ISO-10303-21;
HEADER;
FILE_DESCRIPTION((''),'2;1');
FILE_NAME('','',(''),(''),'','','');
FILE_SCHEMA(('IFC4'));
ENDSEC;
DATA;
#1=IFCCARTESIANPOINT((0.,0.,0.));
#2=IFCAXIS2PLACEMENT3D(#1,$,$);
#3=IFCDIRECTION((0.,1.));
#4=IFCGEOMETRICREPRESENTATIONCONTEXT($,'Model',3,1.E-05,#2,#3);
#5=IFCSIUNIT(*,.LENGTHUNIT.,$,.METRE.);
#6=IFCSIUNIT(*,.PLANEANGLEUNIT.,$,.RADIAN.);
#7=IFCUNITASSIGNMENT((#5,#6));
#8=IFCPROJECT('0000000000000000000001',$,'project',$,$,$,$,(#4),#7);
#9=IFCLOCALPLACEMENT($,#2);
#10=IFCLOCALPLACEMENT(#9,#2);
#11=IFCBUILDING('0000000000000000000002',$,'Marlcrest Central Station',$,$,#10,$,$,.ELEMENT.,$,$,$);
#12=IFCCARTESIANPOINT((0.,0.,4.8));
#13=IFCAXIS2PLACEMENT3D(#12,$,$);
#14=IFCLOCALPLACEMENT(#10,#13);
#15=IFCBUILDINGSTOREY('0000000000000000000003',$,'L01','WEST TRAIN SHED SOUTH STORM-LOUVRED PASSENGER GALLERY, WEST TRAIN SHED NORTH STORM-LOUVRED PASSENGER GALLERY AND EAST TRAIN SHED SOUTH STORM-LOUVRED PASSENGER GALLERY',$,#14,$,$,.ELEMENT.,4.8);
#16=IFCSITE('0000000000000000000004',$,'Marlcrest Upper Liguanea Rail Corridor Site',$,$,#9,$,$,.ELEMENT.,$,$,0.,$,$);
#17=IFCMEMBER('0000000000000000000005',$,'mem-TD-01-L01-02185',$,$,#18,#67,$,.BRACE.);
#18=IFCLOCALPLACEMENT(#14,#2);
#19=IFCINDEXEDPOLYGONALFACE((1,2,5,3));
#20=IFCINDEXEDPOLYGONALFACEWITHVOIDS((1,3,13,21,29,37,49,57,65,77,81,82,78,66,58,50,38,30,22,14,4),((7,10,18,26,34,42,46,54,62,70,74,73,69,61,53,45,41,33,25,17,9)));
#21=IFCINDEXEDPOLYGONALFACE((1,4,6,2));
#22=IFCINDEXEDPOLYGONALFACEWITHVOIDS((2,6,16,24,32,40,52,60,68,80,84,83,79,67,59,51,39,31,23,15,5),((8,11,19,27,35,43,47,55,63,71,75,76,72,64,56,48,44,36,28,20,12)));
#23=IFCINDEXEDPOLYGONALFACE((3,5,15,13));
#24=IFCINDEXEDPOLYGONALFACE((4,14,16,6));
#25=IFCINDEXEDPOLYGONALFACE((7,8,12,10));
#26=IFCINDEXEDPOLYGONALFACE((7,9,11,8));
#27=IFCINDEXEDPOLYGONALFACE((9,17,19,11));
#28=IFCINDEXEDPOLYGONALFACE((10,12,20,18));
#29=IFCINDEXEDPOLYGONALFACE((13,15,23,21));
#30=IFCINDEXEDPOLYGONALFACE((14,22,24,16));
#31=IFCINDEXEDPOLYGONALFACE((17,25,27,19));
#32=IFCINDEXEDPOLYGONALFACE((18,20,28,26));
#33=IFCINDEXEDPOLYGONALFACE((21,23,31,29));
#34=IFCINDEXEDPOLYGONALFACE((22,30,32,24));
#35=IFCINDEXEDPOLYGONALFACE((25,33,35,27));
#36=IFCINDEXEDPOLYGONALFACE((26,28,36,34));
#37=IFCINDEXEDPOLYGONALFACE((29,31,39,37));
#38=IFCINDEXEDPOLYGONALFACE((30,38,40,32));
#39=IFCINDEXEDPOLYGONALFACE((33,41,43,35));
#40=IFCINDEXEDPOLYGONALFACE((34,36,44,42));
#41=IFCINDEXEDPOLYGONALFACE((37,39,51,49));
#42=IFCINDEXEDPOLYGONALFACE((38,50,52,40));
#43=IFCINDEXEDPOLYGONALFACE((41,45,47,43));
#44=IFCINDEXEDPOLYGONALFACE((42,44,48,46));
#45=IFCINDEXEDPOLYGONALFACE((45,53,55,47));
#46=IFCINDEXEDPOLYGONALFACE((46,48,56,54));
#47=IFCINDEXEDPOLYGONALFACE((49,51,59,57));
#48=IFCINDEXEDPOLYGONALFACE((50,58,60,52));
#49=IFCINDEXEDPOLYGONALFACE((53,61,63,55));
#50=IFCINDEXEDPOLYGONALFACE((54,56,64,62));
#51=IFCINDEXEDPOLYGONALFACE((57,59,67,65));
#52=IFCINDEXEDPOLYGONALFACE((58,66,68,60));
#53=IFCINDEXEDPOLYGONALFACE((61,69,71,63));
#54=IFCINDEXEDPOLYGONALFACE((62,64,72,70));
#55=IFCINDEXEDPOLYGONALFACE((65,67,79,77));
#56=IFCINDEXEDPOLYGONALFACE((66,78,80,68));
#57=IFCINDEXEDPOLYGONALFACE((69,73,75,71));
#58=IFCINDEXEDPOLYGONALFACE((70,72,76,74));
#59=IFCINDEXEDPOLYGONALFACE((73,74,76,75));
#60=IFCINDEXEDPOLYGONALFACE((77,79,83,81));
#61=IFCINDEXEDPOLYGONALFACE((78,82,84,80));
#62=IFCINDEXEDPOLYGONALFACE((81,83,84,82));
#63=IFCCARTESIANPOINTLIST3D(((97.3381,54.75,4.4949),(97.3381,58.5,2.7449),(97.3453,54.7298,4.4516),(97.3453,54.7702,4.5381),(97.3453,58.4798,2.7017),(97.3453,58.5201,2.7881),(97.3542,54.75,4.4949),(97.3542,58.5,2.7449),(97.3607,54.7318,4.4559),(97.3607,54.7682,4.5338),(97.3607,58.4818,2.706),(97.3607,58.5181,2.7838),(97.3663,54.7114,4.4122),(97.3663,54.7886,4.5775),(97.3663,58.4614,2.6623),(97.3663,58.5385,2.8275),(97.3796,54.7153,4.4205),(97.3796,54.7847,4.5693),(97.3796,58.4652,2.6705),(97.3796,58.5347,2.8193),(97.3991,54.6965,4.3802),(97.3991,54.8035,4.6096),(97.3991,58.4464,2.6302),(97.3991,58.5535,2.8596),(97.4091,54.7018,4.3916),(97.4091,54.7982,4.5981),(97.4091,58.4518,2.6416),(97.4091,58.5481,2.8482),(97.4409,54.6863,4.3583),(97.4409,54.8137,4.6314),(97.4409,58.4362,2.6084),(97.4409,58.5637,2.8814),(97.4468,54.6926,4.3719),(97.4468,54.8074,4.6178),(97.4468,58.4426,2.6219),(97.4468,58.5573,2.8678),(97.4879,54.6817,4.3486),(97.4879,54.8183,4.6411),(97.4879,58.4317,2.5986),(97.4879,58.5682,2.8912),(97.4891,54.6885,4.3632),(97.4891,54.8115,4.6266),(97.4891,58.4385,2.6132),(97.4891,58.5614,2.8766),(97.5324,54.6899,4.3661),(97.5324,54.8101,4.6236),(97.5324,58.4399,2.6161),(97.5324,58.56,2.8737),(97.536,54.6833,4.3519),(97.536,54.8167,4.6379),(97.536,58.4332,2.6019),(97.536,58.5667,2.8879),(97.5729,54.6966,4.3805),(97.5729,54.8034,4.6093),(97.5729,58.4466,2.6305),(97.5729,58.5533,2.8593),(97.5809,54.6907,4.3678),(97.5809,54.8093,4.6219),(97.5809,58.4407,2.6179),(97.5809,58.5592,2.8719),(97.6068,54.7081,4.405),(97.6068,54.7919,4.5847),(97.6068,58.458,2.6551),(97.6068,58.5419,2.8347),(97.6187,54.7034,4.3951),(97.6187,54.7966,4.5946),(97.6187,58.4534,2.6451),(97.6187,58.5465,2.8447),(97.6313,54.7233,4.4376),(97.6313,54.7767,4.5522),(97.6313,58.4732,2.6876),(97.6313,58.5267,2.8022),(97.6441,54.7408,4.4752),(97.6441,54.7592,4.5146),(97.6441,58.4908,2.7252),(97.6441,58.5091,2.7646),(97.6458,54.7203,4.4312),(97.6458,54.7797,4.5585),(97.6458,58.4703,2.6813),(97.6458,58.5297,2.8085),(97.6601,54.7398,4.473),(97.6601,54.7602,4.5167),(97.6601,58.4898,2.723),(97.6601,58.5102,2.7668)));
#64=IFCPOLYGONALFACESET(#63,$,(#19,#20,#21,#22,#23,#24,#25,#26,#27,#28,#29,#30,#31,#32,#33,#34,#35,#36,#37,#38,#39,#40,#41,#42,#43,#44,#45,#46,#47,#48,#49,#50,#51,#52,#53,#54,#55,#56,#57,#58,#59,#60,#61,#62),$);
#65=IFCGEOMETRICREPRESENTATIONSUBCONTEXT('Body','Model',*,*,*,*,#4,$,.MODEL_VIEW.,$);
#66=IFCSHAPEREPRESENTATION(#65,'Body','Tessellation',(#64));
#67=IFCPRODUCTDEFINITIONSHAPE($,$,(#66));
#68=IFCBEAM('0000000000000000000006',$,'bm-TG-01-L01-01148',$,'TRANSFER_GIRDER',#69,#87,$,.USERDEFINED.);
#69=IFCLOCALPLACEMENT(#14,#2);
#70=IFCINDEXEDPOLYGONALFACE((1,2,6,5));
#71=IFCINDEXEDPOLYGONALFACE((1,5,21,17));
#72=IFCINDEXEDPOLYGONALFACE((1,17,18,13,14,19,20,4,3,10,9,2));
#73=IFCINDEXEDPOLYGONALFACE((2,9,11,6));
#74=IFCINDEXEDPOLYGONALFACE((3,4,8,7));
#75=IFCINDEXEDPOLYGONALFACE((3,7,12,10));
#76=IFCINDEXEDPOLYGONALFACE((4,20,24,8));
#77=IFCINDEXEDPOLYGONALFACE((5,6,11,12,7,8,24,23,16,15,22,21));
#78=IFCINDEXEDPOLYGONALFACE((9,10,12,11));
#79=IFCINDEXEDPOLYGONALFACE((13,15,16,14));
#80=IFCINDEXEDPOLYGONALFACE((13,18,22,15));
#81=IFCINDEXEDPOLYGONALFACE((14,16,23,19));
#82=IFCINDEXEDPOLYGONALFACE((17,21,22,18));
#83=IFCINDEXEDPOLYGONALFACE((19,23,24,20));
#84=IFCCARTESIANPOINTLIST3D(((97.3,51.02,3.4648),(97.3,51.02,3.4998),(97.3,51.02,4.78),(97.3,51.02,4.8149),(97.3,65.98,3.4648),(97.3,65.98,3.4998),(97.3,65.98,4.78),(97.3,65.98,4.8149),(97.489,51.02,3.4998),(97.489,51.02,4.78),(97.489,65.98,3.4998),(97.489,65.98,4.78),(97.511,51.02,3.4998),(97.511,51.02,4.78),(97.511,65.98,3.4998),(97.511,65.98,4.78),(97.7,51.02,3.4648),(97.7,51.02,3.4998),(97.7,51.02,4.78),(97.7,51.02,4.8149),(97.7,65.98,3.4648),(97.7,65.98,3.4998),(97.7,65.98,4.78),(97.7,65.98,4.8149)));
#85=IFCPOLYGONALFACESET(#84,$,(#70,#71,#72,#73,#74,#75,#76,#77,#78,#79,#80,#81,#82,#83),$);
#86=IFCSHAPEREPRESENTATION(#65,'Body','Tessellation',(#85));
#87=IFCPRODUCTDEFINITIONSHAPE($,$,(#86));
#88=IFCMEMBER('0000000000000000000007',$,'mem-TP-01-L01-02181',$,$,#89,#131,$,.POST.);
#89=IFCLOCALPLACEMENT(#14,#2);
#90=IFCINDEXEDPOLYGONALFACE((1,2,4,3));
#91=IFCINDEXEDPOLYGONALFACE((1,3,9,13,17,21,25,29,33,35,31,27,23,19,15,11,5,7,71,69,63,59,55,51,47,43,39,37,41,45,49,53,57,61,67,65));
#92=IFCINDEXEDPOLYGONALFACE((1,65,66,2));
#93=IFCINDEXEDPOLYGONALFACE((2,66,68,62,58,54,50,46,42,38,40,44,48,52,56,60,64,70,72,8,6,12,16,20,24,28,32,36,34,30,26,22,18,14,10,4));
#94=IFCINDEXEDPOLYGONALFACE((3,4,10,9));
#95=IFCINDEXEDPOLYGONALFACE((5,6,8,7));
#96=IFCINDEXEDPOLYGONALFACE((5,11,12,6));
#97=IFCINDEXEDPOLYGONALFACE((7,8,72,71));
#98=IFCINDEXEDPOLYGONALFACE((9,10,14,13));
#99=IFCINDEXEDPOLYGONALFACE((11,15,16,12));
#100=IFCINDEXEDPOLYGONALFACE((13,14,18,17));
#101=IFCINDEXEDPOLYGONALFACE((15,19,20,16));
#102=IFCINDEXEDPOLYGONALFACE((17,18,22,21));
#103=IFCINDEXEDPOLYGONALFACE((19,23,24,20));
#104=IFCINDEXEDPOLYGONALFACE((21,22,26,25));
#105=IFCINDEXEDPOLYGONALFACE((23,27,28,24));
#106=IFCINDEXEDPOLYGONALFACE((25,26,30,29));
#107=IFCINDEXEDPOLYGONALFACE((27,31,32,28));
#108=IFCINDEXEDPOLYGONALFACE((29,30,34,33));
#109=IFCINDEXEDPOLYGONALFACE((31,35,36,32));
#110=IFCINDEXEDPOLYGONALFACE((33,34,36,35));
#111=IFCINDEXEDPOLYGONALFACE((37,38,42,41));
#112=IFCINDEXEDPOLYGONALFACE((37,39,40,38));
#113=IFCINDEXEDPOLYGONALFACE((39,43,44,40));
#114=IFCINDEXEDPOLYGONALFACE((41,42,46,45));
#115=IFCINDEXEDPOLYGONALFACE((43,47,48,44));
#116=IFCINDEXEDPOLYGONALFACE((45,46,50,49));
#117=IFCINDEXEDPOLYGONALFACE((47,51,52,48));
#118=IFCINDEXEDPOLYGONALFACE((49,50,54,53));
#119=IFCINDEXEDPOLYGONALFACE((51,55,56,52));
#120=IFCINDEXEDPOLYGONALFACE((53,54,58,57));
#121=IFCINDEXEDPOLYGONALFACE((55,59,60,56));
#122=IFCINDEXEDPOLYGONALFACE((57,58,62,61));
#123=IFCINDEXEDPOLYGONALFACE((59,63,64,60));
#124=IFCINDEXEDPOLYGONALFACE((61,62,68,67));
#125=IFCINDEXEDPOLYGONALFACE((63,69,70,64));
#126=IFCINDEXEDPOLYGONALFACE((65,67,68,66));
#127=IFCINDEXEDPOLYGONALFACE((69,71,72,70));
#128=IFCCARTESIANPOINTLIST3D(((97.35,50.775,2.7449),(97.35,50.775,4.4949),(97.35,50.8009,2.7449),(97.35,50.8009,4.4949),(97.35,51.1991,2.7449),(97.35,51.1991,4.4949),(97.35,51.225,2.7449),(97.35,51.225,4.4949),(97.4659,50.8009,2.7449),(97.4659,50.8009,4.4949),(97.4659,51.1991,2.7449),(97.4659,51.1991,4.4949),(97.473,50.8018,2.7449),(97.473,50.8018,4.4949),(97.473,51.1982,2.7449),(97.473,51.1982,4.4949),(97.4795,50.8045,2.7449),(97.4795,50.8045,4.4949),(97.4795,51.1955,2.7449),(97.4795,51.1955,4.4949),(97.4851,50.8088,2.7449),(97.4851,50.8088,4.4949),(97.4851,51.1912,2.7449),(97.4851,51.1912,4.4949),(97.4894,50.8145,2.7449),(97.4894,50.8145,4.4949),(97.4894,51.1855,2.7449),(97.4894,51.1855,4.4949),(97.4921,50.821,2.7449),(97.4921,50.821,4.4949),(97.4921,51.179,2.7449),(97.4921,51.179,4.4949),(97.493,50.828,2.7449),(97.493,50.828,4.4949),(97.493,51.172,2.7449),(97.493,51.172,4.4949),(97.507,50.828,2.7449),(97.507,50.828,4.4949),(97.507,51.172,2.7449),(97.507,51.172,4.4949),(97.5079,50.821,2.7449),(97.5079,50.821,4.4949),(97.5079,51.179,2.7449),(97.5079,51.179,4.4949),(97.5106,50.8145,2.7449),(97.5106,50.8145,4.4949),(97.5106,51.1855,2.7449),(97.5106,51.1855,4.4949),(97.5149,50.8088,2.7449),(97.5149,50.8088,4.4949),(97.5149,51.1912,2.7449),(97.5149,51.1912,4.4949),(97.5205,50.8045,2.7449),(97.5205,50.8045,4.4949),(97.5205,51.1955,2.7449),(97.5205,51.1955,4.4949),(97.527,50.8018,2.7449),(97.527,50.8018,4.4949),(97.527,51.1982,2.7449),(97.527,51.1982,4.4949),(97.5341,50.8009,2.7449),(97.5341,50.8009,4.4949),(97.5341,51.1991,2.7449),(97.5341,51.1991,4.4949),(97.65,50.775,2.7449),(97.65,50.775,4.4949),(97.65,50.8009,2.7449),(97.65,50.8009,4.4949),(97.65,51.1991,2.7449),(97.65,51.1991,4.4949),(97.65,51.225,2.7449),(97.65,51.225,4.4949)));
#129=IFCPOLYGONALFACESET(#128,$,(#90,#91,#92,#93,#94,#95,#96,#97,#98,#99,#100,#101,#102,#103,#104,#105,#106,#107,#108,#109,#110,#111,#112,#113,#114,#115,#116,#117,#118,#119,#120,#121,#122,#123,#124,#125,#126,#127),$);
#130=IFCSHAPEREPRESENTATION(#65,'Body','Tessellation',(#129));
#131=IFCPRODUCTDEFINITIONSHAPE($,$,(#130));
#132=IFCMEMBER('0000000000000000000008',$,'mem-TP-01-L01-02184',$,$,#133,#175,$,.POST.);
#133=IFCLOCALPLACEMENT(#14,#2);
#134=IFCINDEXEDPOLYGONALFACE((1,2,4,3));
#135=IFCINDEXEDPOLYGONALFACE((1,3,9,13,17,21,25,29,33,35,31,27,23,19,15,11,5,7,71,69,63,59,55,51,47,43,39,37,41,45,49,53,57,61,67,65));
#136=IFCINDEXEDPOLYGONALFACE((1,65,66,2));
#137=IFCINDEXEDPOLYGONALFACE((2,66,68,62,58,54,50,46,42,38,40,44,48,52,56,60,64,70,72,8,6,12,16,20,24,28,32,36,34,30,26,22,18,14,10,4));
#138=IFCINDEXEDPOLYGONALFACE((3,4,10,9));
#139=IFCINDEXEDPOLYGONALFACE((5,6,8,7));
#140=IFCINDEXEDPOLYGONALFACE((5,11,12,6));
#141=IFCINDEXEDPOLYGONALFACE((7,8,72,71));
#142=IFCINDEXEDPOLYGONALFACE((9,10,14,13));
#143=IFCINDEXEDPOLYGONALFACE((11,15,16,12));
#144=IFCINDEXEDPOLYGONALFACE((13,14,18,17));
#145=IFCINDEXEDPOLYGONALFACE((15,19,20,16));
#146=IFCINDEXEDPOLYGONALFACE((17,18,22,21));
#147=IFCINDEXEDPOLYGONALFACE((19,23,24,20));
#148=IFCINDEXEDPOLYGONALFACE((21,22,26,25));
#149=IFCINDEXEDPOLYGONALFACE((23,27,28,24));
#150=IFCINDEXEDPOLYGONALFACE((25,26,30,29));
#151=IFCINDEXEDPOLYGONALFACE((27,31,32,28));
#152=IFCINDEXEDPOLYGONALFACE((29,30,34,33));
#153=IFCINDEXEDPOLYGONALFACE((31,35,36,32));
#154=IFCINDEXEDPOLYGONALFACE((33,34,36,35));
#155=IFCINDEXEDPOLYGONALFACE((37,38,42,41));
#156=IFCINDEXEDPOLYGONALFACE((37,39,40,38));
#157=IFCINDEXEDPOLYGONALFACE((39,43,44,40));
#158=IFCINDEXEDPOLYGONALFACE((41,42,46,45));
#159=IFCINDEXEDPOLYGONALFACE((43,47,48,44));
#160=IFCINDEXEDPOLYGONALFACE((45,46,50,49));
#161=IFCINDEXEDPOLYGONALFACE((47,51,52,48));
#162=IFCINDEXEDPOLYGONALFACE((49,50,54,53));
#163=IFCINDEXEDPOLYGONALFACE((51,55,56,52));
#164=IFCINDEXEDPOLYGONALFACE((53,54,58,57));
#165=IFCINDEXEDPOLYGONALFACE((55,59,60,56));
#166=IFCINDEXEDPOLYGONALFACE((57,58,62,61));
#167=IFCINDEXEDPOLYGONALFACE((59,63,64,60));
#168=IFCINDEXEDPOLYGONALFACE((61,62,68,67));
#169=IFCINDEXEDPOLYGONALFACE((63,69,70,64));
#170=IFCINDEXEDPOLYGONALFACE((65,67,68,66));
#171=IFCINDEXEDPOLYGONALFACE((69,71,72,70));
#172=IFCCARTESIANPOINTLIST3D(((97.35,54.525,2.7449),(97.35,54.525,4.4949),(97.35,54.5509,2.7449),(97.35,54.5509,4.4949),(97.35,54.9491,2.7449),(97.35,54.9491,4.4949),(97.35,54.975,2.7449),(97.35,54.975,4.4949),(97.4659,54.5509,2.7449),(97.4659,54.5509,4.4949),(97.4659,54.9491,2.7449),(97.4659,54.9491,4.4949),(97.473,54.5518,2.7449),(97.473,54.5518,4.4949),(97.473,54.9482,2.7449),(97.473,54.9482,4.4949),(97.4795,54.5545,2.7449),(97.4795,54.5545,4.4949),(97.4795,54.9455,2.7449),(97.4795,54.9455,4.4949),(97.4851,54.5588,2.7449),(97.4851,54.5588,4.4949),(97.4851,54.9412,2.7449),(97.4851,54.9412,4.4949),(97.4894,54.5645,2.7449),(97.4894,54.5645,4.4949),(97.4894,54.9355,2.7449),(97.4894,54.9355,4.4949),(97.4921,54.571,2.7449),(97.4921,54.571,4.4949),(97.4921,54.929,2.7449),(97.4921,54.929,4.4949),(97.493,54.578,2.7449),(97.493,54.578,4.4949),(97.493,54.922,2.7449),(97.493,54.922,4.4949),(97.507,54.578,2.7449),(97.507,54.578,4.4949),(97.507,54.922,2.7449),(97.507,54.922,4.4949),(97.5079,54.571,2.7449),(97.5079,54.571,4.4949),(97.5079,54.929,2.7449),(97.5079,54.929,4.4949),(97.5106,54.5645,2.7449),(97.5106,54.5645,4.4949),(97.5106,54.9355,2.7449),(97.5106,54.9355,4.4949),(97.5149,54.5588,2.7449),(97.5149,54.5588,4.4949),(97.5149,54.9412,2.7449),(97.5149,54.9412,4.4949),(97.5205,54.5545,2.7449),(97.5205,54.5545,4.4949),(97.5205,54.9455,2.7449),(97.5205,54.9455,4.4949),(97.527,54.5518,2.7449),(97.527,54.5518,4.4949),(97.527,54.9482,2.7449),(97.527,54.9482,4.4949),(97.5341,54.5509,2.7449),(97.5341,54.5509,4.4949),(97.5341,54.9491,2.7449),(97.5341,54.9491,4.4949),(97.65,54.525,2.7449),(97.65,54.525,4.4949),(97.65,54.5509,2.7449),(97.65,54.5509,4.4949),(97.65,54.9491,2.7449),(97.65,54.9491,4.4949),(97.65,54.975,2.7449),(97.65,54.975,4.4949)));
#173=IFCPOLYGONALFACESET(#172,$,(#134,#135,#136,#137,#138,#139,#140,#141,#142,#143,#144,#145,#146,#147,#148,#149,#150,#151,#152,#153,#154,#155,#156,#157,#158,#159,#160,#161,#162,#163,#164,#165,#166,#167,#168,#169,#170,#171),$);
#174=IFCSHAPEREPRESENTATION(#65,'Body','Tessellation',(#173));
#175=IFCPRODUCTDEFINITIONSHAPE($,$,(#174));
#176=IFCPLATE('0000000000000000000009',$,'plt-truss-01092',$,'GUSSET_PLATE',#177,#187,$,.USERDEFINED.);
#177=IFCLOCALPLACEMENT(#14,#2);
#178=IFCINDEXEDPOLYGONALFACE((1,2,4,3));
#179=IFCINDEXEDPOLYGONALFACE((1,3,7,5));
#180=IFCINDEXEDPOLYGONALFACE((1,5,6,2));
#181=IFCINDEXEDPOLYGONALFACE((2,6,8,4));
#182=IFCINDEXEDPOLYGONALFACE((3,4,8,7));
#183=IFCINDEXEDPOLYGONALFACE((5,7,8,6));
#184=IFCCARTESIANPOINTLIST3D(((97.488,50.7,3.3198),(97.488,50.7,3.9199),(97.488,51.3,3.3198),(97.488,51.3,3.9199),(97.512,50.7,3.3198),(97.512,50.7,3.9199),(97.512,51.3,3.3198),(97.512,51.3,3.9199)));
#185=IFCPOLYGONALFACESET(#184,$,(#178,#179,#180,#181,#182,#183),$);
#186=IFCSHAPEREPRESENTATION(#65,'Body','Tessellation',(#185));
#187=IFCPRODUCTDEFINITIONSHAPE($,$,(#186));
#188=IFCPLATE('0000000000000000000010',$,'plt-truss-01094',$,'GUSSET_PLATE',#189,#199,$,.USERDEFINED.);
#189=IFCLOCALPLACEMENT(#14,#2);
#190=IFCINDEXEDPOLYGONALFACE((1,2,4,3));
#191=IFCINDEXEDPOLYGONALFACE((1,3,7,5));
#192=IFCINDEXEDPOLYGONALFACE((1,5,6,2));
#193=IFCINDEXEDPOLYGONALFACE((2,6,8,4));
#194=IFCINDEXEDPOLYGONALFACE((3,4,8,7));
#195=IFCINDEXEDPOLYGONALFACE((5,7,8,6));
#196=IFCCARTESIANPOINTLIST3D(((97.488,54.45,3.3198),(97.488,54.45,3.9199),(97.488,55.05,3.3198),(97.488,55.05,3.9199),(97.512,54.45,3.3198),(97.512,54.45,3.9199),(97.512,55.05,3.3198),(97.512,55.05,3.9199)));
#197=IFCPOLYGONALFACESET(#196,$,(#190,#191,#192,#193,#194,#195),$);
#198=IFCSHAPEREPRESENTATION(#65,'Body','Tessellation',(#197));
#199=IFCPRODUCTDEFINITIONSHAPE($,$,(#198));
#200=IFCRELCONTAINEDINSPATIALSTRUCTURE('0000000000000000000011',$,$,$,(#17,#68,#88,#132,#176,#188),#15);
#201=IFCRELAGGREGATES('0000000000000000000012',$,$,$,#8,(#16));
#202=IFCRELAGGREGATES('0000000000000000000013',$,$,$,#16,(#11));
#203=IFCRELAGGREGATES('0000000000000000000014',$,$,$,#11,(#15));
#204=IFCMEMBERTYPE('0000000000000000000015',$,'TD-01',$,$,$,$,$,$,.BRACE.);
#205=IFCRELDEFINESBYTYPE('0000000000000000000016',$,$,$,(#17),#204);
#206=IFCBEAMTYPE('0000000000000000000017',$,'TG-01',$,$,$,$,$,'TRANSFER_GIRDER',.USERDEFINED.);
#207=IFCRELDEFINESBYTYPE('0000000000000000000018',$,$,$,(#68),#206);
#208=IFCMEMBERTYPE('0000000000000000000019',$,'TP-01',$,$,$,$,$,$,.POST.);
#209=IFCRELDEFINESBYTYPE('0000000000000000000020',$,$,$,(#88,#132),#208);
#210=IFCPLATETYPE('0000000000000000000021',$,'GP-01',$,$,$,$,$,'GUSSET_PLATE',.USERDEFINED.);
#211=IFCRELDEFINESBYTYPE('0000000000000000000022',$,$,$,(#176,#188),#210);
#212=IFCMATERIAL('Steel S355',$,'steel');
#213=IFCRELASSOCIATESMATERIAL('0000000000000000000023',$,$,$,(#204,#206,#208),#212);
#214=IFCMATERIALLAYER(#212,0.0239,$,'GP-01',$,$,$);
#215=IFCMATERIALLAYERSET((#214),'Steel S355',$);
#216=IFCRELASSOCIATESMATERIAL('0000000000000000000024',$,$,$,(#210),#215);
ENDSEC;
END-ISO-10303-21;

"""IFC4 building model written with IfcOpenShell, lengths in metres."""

from ifc_helpers import new_model, si_unit, direction, frame, origin, origin_2d, place, context, subcontext, project, spatial, rectangle, hollow_circle, i_section, extrude, material, layer, layer_set, material_profile, profile_set, type_object, element, save


model = new_model("IFC4")

# Units and contexts
model_context = context("Model", 3, precision=1e-05, world=origin(), true_north=direction((0.0, 1.0)))
body_context = subcontext(model_context, "Body", "Model", "MODEL_VIEW")
ifc_project = project(units=[si_unit("LENGTHUNIT", "METRE"), si_unit("PLANEANGLEUNIT", "RADIAN")], contexts=[model_context])

# Site, building, storey
site_placement = place(None, origin())
site = spatial("IfcSite", under=ifc_project, at=site_placement, Name="Marlcrest Upper Liguanea Rail Corridor Site", CompositionType="ELEMENT", RefElevation=0.0)
building_placement = place(site_placement, origin())
building = spatial("IfcBuilding", under=site, at=building_placement, Name="Marlcrest Central Station", CompositionType="ELEMENT")
storey_placement = place(building_placement, frame((0.0, 0.0, 4.8)))
storey = spatial("IfcBuildingStorey", under=building, at=storey_placement, Name="L01", Description="WEST TRAIN SHED SOUTH STORM-LOUVRED PASSENGER GALLERY, WEST TRAIN SHED NORTH STORM-LOUVRED PASSENGER GALLERY AND EAST TRAIN SHED SOUTH STORM-LOUVRED PASSENGER GALLERY", CompositionType="ELEMENT", Elevation=4.8)

# Shared definitions
ifc_material_1 = material(Name="Steel S355", Category="steel")

# Member
ifc_material_profile_1 = material_profile(ifc_material_1, hollow_circle(Radius=0.1619, WallThickness=0.0161, at=origin_2d()), Name="CHS 323.9x16")
ifc_profile_set_1 = profile_set([ifc_material_profile_1], Name="Steel S355")
member_type_1 = type_object("IfcMemberType", Name="TD-01", PredefinedType="BRACE", material=ifc_profile_set_1)
for number, where, z_axis, x_axis, name in (
    (1, (97.5, 54.75, 4.4949), (0.0, 0.906183, -0.422885), (-1.0, 0.0, 0.0), "mem-TD-01-L01-02185"),
):
    element("IfcMember", number, at=place(storey_placement, frame(where, z_axis=z_axis, x_axis=x_axis)), inside=storey, type_object=member_type_1, Name=name, PredefinedType="BRACE", context=body_context, shape_type="SweptSolid", body=[
        extrude(hollow_circle(Radius=0.1619, WallThickness=0.0161, at=origin_2d()), origin(), (0.0, 0.0, 1.0), 4.1382),
    ])

# Beam
ifc_material_profile_2 = material_profile(ifc_material_1, i_section(OverallWidth=0.3999, OverallDepth=1.3501, WebThickness=0.022, FlangeThickness=0.0349, at=origin_2d()), Name="PG 1350x400")
ifc_profile_set_2 = profile_set([ifc_material_profile_2], Name="Steel S355")
beam_type_1 = type_object("IfcBeamType", Name="TG-01", ElementType="TRANSFER_GIRDER", PredefinedType="USERDEFINED", material=ifc_profile_set_2)
beam_1_placement = place(storey_placement, frame((97.5, 51.02, 4.1399), z_axis=(0.0, 1.0, 0.0), x_axis=(-1.0, 0.0, 0.0)))
element("IfcBeam", 2, at=beam_1_placement, inside=storey, type_object=beam_type_1, Name="bm-TG-01-L01-01148", ObjectType="TRANSFER_GIRDER", PredefinedType="USERDEFINED", context=body_context, shape_type="SweptSolid", body=[
    extrude(i_section(OverallWidth=0.3999, OverallDepth=1.3501, WebThickness=0.022, FlangeThickness=0.0349, at=origin_2d()), origin(), (0.0, 0.0, 1.0), 14.96),
])

# Members
ifc_material_profile_3 = material_profile(ifc_material_1, i_section(OverallWidth=0.3, OverallDepth=0.45, WebThickness=0.0139, FlangeThickness=0.0259, FilletRadius=0.0271, at=origin_2d()), Name="HEB 450")
ifc_profile_set_3 = profile_set([ifc_material_profile_3], Name="Steel S355")
member_type_2 = type_object("IfcMemberType", Name="TP-01", PredefinedType="POST", material=ifc_profile_set_3)
for number, where, z_axis, x_axis, name in (
    (3, (97.5, 51.0, 2.7449), (0.0, 0.0, 1.0), (1.0, 0.0, 0.0), "mem-TP-01-L01-02181"),
    (4, (97.5, 54.75, 2.7449), (0.0, 0.0, 1.0), (1.0, 0.0, 0.0), "mem-TP-01-L01-02184"),
):
    element("IfcMember", number, at=place(storey_placement, frame(where, z_axis=z_axis, x_axis=x_axis)), inside=storey, type_object=member_type_2, Name=name, PredefinedType="POST", context=body_context, shape_type="SweptSolid", body=[
        extrude(i_section(OverallWidth=0.3, OverallDepth=0.45, WebThickness=0.0139, FlangeThickness=0.0259, FilletRadius=0.0271, at=origin_2d()), origin(), (0.0, 0.0, 1.0), 1.75),
    ])

# Plates
ifc_layer_1 = layer(ifc_material_1, 0.0239, Name="GP-01")
ifc_layer_set_1 = layer_set([ifc_layer_1], Name="Steel S355")
plate_type_1 = type_object("IfcPlateType", Name="GP-01", ElementType="GUSSET_PLATE", PredefinedType="USERDEFINED", material=ifc_layer_set_1)
for number, where, z_axis, x_axis, name in (
    (5, (97.5, 51.0, 3.3198), (0.0, 0.0, 1.0), (1.0, 0.0, 0.0), "plt-truss-01092"),
    (6, (97.5, 54.75, 3.3198), (0.0, 0.0, 1.0), (1.0, 0.0, 0.0), "plt-truss-01094"),
):
    element("IfcPlate", number, at=place(storey_placement, frame(where, z_axis=z_axis, x_axis=x_axis)), inside=storey, type_object=plate_type_1, Name=name, ObjectType="GUSSET_PLATE", PredefinedType="USERDEFINED", context=body_context, shape_type="SweptSolid", body=[
        extrude(rectangle(XDim=0.0239, YDim=0.6001, at=origin_2d()), origin(), (0.0, 0.0, 1.0), 0.6001),
    ])

save(model, "model.ifc")
